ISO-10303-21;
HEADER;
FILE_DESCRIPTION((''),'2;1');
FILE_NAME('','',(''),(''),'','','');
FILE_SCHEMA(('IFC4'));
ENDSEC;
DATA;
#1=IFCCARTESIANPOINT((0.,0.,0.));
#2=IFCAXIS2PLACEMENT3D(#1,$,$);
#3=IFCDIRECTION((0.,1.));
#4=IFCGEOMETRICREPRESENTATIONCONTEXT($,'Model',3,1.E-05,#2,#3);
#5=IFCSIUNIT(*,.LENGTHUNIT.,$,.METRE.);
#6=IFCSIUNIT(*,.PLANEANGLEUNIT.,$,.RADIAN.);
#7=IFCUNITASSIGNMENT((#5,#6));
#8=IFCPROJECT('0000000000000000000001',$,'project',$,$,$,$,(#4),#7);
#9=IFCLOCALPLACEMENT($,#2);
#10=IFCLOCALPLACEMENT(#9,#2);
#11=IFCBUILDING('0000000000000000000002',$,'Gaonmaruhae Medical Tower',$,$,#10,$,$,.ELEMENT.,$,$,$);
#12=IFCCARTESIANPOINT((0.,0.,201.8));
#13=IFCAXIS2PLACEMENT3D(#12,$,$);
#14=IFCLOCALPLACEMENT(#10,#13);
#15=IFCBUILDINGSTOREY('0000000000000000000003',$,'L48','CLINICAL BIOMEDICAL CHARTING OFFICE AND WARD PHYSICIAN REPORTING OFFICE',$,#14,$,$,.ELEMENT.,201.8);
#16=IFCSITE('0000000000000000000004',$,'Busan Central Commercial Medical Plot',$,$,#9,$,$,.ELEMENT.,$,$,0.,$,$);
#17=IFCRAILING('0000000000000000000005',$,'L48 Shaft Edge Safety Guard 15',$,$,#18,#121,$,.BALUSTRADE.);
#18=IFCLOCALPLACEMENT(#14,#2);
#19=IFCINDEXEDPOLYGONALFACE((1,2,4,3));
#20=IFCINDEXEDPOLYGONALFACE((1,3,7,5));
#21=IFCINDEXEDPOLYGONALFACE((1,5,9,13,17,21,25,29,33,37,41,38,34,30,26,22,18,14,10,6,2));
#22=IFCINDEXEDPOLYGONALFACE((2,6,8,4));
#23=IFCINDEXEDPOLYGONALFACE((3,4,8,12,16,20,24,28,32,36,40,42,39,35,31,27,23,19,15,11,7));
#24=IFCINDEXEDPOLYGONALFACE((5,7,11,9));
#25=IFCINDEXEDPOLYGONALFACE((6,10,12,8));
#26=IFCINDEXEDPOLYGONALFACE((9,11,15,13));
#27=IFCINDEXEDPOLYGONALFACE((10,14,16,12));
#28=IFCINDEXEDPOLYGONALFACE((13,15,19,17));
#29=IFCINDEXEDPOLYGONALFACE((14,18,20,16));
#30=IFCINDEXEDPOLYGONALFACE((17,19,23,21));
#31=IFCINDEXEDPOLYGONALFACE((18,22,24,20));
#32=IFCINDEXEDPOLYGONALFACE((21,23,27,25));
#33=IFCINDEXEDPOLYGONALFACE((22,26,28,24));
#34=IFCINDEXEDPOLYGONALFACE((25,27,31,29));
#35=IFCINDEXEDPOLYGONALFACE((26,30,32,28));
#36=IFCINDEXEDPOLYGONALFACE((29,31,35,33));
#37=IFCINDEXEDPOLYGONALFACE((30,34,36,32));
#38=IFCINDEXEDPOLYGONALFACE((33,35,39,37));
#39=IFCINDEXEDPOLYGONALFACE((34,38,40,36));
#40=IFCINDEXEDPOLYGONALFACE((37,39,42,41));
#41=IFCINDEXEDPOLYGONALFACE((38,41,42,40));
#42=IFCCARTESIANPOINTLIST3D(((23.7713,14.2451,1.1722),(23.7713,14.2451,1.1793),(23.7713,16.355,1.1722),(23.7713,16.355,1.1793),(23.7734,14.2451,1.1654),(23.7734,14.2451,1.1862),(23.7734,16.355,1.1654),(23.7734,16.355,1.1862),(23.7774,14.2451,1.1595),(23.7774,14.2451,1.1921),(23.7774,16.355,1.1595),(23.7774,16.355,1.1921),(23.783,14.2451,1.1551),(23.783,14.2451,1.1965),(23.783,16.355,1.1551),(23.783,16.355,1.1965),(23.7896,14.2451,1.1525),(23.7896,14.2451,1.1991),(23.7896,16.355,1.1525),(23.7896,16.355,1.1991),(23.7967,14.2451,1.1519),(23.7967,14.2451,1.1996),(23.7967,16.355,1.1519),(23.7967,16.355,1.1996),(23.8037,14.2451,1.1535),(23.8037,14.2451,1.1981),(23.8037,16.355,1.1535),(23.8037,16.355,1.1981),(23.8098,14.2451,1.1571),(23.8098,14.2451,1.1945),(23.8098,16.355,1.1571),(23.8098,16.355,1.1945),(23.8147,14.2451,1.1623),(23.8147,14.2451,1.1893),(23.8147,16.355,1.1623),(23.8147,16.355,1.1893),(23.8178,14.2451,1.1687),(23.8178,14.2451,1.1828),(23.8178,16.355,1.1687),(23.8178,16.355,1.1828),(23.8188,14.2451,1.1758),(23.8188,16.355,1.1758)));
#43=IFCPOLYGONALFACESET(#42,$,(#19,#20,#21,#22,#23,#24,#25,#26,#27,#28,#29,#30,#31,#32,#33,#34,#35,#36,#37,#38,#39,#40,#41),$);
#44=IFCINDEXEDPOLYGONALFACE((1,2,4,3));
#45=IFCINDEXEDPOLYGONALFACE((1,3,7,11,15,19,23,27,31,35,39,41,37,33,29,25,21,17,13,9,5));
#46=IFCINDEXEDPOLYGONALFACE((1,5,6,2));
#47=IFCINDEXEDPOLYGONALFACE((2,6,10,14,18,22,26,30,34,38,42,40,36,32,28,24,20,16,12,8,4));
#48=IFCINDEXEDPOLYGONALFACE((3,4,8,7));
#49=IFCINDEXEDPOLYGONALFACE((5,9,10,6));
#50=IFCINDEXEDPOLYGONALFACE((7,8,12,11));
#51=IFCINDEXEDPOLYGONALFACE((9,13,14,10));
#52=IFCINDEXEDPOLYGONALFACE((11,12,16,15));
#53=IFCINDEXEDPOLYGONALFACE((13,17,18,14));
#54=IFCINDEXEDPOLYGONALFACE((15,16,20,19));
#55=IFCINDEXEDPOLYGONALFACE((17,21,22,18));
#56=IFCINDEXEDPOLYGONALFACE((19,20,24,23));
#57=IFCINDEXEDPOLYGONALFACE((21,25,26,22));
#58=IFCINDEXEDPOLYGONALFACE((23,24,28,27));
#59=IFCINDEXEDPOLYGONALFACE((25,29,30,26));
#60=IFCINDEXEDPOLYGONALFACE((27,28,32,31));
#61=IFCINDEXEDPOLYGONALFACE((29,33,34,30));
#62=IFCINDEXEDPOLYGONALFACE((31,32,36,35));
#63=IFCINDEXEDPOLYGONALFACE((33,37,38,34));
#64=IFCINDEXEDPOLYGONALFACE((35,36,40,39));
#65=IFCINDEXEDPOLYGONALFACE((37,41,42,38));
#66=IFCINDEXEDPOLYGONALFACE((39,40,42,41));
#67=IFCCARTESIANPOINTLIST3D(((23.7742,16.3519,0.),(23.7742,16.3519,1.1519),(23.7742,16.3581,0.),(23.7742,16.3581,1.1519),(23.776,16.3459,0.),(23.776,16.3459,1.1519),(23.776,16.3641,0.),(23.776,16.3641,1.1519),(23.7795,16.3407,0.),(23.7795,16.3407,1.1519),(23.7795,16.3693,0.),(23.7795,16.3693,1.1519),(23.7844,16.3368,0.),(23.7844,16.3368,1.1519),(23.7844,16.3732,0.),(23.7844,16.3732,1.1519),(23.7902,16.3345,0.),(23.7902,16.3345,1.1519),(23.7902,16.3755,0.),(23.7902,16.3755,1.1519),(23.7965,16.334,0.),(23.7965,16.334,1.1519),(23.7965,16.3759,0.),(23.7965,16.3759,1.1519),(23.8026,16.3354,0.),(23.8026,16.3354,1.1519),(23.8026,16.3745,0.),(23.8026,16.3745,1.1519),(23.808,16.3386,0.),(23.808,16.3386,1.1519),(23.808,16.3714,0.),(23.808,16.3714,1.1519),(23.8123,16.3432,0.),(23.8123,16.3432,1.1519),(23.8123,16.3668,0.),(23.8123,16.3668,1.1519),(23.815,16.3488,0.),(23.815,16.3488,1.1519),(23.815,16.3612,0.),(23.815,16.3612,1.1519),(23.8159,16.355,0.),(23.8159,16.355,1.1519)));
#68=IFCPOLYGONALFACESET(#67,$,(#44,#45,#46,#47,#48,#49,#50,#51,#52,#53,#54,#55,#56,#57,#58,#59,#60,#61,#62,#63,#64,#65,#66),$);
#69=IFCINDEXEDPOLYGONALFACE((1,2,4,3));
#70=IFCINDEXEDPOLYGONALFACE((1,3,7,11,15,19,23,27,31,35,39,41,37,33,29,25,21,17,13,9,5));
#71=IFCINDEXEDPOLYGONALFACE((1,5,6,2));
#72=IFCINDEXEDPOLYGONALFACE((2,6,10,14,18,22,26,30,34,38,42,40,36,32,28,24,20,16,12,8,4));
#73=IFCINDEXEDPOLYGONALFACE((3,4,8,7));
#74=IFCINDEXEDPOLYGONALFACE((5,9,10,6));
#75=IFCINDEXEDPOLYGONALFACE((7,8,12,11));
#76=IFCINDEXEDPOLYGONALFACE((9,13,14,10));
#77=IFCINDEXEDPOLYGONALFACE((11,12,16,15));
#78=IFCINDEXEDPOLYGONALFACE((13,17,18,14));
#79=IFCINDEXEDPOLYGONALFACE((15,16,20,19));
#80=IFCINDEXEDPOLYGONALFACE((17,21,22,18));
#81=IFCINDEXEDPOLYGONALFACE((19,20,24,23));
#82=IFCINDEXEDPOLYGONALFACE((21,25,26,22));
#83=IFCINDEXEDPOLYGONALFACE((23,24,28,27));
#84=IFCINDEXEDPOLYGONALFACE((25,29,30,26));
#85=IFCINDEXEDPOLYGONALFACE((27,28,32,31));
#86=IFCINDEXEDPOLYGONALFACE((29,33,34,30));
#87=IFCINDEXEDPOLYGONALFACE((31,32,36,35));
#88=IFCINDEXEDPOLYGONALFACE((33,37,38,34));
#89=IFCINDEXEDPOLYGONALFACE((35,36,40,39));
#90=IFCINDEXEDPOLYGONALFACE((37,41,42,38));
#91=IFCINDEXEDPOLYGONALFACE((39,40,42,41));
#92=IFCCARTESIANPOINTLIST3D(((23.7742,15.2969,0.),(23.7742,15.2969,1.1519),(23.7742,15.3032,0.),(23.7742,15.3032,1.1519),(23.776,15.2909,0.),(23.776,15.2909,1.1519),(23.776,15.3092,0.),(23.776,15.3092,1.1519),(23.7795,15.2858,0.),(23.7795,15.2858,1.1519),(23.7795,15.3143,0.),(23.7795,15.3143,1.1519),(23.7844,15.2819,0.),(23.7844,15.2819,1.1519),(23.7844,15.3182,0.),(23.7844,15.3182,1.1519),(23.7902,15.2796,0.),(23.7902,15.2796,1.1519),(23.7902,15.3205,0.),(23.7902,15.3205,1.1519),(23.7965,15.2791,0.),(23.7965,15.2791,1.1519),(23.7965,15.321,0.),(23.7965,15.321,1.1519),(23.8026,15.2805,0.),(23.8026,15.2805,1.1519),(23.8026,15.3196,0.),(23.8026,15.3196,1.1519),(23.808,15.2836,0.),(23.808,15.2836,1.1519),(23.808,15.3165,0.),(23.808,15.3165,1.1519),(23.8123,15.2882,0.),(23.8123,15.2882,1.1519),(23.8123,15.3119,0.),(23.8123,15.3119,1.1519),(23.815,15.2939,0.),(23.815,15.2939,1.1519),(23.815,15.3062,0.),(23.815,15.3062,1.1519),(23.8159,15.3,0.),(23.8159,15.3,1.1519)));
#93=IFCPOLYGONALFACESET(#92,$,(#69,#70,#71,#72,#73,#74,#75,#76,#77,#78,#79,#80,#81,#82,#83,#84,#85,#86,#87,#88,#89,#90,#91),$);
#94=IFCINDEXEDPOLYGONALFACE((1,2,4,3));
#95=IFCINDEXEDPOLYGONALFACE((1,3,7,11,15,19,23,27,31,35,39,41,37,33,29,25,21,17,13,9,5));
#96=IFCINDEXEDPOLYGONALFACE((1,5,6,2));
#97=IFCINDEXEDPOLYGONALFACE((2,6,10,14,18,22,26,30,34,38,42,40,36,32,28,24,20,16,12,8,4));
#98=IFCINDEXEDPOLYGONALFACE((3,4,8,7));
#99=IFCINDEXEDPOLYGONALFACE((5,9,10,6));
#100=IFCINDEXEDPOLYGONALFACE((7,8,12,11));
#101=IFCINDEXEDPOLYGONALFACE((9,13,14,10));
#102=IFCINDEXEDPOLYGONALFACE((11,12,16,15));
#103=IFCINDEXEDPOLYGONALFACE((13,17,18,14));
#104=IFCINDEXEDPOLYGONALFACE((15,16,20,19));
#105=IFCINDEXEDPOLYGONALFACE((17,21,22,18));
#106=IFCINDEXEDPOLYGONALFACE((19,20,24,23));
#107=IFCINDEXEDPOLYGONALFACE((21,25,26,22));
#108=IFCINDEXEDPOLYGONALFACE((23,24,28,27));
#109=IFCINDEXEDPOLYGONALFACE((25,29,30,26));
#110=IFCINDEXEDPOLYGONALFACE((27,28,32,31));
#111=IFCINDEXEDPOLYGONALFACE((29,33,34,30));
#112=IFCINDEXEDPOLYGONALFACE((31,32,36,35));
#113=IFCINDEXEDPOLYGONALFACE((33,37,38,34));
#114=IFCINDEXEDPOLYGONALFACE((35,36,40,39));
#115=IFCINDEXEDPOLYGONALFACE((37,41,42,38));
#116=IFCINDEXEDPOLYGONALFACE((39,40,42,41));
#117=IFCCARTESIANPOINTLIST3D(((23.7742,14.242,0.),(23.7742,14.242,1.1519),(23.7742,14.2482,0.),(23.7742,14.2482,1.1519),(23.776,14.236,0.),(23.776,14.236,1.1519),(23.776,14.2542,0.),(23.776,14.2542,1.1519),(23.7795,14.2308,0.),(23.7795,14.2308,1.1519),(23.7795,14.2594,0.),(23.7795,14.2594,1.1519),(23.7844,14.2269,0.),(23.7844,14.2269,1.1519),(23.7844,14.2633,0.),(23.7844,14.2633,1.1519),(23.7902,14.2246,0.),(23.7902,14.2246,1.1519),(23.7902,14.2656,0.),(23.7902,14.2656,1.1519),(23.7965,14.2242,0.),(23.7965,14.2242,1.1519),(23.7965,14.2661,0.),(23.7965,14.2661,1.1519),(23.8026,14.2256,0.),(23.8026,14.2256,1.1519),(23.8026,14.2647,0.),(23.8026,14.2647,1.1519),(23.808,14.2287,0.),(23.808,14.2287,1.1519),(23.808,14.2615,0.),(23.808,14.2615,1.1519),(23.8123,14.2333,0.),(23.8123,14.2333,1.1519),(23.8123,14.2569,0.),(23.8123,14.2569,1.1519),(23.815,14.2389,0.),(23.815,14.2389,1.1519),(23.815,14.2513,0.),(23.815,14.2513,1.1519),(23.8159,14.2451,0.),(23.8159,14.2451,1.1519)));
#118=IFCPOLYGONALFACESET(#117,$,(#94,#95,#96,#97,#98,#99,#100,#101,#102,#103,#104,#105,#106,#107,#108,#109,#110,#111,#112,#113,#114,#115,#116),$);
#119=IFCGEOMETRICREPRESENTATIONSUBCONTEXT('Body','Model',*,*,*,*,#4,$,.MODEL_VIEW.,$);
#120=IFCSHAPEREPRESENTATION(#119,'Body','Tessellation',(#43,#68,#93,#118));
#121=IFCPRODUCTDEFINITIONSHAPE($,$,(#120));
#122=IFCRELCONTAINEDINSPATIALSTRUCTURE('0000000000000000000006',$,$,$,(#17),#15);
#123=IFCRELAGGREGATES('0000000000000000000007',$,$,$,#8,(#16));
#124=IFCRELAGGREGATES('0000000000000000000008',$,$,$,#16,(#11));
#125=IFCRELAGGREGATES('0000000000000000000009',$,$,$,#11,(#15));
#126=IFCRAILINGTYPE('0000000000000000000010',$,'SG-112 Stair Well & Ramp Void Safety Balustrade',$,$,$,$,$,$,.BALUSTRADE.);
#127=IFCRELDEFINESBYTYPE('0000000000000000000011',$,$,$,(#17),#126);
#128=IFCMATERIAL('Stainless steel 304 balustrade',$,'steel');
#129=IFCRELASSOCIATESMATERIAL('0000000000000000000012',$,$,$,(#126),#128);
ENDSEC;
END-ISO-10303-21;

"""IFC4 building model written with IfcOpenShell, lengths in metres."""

from ifc_helpers import new_model, si_unit, direction, frame, origin, origin_2d, place, context, subcontext, project, spatial, circle, extrude, material, type_object, element, save


model = new_model("IFC4")

# Units and contexts
model_context = context("Model", 3, precision=1e-05, world=origin(), true_north=direction((0.0, 1.0)))
body_context = subcontext(model_context, "Body", "Model", "MODEL_VIEW")
ifc_project = project(units=[si_unit("LENGTHUNIT", "METRE"), si_unit("PLANEANGLEUNIT", "RADIAN")], contexts=[model_context])

# Site, building, storey
site_placement = place(None, origin())
site = spatial("IfcSite", under=ifc_project, at=site_placement, Name="Busan Central Commercial Medical Plot", CompositionType="ELEMENT", RefElevation=0.0)
building_placement = place(site_placement, origin())
building = spatial("IfcBuilding", under=site, at=building_placement, Name="Gaonmaruhae Medical Tower", CompositionType="ELEMENT")
storey_placement = place(building_placement, frame((0.0, 0.0, 201.8)))
storey = spatial("IfcBuildingStorey", under=building, at=storey_placement, Name="L48", Description="CLINICAL BIOMEDICAL CHARTING OFFICE AND WARD PHYSICIAN REPORTING OFFICE", CompositionType="ELEMENT", Elevation=201.8)

# Railing
ifc_material_1 = material(Name="Stainless steel 304 balustrade", Category="steel")
railing_type_1 = type_object("IfcRailingType", Name="SG-112 Stair Well & Ramp Void Safety Balustrade", PredefinedType="BALUSTRADE", material=ifc_material_1)
railing_1_placement = place(storey_placement, frame((23.7949, 16.355, 0.0)))
element("IfcRailing", 1, at=railing_1_placement, inside=storey, type_object=railing_type_1, Name="L48 Shaft Edge Safety Guard 15", PredefinedType="BALUSTRADE", context=body_context, shape_type="SweptSolid", body=[
    extrude(circle(Radius=0.0239, at=origin_2d()), frame((0.0, 0.0, 1.1758), z_axis=(0.0, -1.0, 0.0), x_axis=(1.0, 0.0, 0.0)), (0.0, 0.0, 1.0), 2.1099),
    extrude(circle(Radius=0.021, at=origin_2d()), origin(), (0.0, 0.0, 1.0), 1.1519),
    extrude(circle(Radius=0.021, at=origin_2d()), frame((0.0, -1.0549, 0.0)), (0.0, 0.0, 1.0), 1.1519),
    extrude(circle(Radius=0.021, at=origin_2d()), frame((0.0, -2.1099, 0.0)), (0.0, 0.0, 1.0), 1.1519),
])

save(model, "model.ifc")
